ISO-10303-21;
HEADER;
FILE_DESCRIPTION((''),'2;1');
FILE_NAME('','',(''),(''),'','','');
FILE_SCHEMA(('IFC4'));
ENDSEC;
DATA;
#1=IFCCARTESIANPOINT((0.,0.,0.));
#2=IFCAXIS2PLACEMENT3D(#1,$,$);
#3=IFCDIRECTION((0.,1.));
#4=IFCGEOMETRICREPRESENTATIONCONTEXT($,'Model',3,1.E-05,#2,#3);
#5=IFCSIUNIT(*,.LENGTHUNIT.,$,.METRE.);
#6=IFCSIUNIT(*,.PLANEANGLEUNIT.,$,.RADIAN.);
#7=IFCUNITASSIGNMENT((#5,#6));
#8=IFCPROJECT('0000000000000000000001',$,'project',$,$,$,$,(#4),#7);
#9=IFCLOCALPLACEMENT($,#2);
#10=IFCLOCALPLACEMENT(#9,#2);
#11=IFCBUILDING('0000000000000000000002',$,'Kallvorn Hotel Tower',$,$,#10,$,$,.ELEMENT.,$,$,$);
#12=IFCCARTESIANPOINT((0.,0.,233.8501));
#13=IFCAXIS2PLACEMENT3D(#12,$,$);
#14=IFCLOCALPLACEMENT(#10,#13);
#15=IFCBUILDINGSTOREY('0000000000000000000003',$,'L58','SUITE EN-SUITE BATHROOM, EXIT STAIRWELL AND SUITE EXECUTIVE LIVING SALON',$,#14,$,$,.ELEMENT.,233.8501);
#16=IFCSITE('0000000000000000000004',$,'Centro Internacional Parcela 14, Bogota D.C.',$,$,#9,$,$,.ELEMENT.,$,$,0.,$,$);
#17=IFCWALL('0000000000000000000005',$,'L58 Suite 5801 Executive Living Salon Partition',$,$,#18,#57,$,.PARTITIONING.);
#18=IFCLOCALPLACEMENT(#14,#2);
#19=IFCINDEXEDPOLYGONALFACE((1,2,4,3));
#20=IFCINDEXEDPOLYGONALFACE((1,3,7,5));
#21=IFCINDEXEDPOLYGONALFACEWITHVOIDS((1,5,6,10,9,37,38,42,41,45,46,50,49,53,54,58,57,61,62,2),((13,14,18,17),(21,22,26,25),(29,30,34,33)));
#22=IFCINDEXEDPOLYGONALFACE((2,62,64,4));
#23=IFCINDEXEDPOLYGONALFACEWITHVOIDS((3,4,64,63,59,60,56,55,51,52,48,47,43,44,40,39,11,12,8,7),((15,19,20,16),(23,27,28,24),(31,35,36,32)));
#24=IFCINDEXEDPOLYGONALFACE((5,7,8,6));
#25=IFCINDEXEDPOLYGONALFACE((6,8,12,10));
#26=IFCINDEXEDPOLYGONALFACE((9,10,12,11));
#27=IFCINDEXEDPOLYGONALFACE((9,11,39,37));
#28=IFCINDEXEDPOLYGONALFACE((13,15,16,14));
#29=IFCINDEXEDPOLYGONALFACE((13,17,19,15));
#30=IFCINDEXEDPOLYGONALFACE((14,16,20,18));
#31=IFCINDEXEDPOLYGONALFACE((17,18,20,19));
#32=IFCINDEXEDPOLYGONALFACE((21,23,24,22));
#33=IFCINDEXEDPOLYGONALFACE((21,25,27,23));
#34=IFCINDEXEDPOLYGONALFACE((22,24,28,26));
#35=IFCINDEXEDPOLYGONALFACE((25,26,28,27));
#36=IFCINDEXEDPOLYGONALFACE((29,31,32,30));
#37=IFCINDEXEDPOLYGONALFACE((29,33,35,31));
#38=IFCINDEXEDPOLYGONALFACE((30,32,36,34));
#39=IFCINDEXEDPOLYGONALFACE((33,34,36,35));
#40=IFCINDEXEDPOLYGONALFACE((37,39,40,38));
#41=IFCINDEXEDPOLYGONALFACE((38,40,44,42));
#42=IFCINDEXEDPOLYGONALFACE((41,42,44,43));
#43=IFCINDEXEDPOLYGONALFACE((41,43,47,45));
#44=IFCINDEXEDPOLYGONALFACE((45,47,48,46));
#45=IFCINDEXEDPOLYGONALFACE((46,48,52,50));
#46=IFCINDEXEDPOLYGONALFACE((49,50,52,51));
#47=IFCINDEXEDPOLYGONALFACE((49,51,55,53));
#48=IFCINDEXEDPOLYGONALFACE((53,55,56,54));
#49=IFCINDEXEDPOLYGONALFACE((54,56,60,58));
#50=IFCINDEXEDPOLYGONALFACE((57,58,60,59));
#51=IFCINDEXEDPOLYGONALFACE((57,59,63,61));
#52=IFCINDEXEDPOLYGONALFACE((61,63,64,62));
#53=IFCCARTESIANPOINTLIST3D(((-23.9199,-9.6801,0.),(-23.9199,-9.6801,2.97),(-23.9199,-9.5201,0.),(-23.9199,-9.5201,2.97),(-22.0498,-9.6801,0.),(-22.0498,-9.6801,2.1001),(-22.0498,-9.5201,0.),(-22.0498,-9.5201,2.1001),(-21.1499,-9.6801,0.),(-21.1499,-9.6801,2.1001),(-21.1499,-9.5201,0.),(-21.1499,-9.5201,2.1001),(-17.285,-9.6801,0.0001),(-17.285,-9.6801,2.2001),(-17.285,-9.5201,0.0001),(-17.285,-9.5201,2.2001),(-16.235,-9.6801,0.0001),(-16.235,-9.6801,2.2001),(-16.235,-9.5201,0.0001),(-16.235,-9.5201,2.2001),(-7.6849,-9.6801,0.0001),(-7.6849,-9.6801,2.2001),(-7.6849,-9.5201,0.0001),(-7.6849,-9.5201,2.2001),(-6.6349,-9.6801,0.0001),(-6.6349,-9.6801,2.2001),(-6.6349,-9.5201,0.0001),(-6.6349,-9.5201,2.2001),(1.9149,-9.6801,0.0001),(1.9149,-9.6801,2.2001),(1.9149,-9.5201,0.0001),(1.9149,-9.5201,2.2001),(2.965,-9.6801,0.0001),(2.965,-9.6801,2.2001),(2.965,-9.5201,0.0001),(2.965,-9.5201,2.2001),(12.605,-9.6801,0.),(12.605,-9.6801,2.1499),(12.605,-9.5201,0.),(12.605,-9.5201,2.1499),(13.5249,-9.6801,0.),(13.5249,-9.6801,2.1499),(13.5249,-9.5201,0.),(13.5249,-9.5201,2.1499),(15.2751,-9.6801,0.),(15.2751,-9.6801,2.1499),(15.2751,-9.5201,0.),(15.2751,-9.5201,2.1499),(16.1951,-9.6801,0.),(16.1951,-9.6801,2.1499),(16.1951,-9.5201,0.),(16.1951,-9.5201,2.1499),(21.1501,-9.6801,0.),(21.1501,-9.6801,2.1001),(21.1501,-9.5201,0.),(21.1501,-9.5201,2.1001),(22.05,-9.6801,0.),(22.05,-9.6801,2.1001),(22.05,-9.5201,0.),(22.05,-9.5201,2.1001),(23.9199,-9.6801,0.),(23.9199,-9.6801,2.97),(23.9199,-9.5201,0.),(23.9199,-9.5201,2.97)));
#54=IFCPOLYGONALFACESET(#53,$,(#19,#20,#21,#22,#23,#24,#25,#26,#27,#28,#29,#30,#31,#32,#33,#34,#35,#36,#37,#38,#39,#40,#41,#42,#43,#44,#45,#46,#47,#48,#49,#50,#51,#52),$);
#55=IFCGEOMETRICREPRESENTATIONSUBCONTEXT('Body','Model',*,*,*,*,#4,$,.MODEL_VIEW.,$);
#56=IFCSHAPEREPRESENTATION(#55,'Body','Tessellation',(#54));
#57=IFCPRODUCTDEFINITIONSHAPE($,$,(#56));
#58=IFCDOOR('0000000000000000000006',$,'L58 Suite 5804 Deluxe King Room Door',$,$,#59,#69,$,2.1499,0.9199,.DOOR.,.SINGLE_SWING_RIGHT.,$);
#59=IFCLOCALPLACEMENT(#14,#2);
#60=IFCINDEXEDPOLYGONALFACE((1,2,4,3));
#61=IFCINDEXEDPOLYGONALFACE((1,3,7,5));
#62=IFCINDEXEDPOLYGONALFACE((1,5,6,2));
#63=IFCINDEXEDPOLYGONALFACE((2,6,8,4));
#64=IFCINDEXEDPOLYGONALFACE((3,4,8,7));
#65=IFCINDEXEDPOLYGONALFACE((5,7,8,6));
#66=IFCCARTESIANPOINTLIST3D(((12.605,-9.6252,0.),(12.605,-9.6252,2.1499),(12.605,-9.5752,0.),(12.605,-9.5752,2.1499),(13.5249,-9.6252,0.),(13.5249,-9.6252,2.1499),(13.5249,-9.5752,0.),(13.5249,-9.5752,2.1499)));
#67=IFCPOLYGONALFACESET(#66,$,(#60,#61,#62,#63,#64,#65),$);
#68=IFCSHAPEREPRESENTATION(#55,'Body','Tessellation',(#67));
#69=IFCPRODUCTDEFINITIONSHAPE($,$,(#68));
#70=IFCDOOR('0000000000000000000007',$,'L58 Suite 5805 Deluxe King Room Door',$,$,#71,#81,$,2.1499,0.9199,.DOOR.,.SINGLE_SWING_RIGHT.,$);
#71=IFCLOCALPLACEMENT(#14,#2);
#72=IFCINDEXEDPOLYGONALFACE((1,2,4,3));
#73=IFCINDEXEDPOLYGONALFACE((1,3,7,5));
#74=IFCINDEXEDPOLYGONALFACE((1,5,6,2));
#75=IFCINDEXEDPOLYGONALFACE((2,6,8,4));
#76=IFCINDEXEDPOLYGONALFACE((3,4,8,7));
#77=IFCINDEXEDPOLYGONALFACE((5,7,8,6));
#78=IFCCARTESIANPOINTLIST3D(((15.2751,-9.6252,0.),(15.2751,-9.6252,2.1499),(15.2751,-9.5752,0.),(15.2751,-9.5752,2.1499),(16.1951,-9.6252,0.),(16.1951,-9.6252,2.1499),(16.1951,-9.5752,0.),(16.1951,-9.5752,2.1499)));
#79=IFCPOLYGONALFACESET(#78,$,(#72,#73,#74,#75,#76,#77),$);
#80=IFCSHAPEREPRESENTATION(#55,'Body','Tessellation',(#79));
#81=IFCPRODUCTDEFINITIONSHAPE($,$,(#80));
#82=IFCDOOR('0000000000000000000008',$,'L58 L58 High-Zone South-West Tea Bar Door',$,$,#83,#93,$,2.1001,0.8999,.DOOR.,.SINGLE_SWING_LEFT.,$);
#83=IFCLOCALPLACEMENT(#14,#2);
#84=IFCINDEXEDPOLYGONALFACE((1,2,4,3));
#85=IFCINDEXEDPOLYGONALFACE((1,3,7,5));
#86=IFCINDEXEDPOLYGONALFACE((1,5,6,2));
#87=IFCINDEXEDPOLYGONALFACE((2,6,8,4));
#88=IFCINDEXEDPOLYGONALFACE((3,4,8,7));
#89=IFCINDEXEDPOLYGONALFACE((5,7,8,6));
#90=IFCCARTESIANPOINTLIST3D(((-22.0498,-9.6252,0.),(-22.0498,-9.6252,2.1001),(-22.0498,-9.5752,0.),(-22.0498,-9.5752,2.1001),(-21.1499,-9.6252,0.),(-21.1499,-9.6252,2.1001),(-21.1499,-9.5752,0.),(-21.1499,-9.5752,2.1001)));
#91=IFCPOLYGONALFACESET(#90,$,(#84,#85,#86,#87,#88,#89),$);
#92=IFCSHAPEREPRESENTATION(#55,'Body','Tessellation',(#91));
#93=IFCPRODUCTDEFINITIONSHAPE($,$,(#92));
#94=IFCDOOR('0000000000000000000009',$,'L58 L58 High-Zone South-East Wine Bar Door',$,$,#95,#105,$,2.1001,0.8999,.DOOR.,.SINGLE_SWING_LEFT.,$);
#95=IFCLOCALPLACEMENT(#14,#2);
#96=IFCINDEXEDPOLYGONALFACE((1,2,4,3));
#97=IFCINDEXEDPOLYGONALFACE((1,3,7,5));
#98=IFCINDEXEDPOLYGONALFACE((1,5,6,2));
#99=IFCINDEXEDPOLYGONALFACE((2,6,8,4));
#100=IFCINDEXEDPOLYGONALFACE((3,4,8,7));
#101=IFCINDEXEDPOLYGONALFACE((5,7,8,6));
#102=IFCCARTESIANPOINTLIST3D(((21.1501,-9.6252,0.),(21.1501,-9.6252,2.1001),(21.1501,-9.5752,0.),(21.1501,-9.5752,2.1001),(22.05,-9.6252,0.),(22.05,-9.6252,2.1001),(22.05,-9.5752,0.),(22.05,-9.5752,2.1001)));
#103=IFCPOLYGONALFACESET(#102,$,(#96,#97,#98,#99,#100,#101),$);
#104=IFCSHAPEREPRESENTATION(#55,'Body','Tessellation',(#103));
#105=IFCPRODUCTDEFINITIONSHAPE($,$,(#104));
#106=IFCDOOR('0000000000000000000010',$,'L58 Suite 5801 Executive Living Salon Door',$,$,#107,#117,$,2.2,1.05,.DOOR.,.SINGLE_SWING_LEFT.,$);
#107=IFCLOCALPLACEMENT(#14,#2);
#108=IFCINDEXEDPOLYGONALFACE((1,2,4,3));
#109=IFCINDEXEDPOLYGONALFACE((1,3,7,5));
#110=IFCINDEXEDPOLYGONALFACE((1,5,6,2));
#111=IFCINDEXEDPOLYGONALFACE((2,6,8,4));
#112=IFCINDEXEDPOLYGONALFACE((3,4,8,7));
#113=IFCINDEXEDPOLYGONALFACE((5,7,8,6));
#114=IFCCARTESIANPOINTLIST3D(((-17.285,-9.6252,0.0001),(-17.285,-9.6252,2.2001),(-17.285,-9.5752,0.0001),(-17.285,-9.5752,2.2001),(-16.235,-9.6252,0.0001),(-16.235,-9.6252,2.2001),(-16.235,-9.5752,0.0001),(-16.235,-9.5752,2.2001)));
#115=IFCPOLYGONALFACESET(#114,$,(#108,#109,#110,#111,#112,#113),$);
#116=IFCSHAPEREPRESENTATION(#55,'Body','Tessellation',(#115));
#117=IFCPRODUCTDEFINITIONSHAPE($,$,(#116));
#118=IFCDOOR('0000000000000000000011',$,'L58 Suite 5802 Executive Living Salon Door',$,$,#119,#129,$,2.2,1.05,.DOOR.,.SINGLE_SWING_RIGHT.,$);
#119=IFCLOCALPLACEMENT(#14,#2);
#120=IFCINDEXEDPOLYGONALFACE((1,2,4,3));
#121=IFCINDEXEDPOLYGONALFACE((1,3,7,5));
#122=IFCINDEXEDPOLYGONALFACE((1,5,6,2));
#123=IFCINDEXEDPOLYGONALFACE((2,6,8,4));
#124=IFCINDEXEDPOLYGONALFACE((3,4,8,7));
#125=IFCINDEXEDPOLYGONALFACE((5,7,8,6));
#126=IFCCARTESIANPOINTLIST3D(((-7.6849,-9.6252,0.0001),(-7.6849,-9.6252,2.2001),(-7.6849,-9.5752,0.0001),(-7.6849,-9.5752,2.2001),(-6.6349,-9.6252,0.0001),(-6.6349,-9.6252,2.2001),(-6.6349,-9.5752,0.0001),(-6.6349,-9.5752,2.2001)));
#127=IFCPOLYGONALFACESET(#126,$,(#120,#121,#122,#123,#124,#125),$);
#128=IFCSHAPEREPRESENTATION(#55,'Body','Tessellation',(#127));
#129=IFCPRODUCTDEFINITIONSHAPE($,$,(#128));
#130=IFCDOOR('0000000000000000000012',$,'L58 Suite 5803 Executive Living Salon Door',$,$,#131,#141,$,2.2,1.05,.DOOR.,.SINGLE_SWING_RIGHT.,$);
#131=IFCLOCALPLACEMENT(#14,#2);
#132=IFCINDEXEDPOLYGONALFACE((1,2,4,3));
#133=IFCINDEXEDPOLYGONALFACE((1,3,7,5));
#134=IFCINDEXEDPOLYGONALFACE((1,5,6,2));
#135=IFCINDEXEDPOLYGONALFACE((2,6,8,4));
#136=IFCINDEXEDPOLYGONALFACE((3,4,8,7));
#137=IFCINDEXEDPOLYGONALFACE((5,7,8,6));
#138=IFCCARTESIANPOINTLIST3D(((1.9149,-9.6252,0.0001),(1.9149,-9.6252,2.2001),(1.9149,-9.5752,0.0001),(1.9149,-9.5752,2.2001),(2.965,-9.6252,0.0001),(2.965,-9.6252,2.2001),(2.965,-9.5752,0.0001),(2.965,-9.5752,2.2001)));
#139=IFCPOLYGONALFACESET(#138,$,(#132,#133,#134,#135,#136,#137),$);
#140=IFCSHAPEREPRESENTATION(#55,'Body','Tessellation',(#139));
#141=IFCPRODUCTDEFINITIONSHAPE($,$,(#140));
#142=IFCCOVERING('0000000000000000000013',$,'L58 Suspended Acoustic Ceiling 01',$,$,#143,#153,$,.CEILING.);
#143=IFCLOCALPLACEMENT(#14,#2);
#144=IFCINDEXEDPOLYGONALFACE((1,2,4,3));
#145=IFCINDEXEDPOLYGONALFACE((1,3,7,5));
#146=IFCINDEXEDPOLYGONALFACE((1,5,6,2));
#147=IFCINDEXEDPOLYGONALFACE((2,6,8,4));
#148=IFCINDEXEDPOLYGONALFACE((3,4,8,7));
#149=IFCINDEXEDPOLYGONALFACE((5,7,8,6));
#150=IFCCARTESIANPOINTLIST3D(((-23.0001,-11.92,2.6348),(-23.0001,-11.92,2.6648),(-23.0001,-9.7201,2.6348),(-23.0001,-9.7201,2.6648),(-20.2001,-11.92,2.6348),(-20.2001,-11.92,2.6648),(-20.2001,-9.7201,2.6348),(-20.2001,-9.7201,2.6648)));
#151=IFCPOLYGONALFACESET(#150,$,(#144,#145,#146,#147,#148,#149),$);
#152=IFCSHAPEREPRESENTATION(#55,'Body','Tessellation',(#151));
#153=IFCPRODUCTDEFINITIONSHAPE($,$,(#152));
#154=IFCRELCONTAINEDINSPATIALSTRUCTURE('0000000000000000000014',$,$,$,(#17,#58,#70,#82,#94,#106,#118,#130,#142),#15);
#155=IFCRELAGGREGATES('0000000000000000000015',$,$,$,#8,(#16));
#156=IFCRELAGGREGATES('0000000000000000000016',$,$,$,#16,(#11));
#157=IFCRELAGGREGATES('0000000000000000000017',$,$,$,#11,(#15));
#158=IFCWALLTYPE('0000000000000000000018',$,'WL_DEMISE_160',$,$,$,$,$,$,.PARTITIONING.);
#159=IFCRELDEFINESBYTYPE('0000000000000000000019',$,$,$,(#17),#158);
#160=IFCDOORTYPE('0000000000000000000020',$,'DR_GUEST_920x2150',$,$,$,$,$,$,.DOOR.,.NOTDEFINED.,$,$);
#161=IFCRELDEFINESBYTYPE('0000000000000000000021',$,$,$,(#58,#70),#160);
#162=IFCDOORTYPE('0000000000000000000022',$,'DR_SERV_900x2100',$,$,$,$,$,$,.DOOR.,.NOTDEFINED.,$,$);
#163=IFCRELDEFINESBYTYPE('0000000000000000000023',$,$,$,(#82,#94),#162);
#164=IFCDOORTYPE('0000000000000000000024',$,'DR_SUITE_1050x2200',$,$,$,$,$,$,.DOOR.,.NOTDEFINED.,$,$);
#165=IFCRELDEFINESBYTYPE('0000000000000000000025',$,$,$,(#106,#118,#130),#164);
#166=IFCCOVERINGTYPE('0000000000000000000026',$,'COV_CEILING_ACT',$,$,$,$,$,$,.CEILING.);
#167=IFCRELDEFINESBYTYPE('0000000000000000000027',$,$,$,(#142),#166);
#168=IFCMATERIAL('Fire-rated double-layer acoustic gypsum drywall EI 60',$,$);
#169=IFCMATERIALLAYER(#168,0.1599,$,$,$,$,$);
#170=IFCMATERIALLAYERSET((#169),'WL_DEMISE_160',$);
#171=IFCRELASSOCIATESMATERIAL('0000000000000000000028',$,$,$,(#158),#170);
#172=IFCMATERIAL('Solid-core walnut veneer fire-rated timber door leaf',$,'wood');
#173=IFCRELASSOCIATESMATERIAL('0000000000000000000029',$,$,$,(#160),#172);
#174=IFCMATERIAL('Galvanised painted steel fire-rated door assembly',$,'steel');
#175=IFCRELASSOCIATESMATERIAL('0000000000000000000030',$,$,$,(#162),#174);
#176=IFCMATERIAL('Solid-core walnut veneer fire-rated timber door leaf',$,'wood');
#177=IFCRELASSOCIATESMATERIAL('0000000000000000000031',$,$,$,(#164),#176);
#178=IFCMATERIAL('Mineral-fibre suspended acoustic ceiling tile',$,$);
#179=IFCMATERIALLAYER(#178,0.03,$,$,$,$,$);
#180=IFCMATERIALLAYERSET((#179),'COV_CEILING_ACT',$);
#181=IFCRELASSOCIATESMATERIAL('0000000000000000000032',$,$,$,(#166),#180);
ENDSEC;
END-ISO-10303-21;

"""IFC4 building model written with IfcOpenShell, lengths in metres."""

from ifc_helpers import new_model, si_unit, direction, frame, frame_2d, origin, origin_2d, place, context, subcontext, project, spatial, rectangle, extrude, material, layer, layer_set, type_object, element, fill, save


model = new_model("IFC4")

# Units and contexts
model_context = context("Model", 3, precision=1e-05, world=origin(), true_north=direction((0.0, 1.0)))
body_context = subcontext(model_context, "Body", "Model", "MODEL_VIEW")
ifc_project = project(units=[si_unit("LENGTHUNIT", "METRE"), si_unit("PLANEANGLEUNIT", "RADIAN")], contexts=[model_context])

# Site, building, storey
site_placement = place(None, origin())
site = spatial("IfcSite", under=ifc_project, at=site_placement, Name="Centro Internacional Parcela 14, Bogota D.C.", CompositionType="ELEMENT", RefElevation=0.0)
building_placement = place(site_placement, origin())
building = spatial("IfcBuilding", under=site, at=building_placement, Name="Kallvorn Hotel Tower", CompositionType="ELEMENT")
storey_placement = place(building_placement, frame((0.0, 0.0, 233.8501)))
storey = spatial("IfcBuildingStorey", under=building, at=storey_placement, Name="L58", Description="SUITE EN-SUITE BATHROOM, EXIT STAIRWELL AND SUITE EXECUTIVE LIVING SALON", CompositionType="ELEMENT", Elevation=233.8501)

# Shared definitions
ifc_material_1 = material(Name="Fire-rated double-layer acoustic gypsum drywall EI 60")
ifc_layer_1 = layer(ifc_material_1, 0.1599)
ifc_layer_set_1 = layer_set([ifc_layer_1], Name="WL_DEMISE_160")
wall_type = type_object("IfcWallType", Name="WL_DEMISE_160", PredefinedType="PARTITIONING", material=ifc_layer_set_1)

# Wall, openings, doors
wall_1_placement = place(storey_placement, frame((-23.9199, -9.6001, 0.0), z_axis=(0.0, 0.0, 1.0), x_axis=(1.0, 0.0, 0.0)))
wall_1 = element("IfcWall", 1, at=wall_1_placement, inside=storey, type_object=wall_type, Name="L58 Suite 5801 Executive Living Salon Partition", PredefinedType="PARTITIONING", context=body_context, shape_type="SweptSolid", body=[
    extrude(rectangle(XDim=47.8398, YDim=0.1599, at=frame_2d((23.9199, 0.0))), origin(), (0.0, 0.0, 1.0), 2.97),
])
opening_1_placement = place(wall_1_placement, frame((1.8701, 0.0, 0.0)))
opening_1 = element("IfcOpeningElement", 2, at=opening_1_placement, cuts=wall_1, PredefinedType="OPENING", context=body_context, shape_type="SweptSolid", body=[
    extrude(rectangle(XDim=0.8999, YDim=2.1001, at=frame_2d((0.45, 1.05))), frame((0.0, 0.095, 0.0), z_axis=(0.0, -1.0, 0.0), x_axis=(1.0, 0.0, 0.0)), (0.0, 0.0, 1.0), 0.1899),
])
opening_2_placement = place(wall_1_placement, frame((45.0701, 0.0, 0.0)))
opening_2 = element("IfcOpeningElement", 3, at=opening_2_placement, cuts=wall_1, PredefinedType="OPENING", context=body_context, shape_type="SweptSolid", body=[
    extrude(rectangle(XDim=0.8999, YDim=2.1001, at=frame_2d((0.45, 1.05))), frame((0.0, 0.095, 0.0), z_axis=(0.0, -1.0, 0.0), x_axis=(1.0, 0.0, 0.0)), (0.0, 0.0, 1.0), 0.1899),
])
opening_3_placement = place(wall_1_placement, frame((6.635, 0.0, 0.0)))
opening_3 = element("IfcOpeningElement", 4, at=opening_3_placement, cuts=wall_1, PredefinedType="OPENING", context=body_context, shape_type="SweptSolid", body=[
    extrude(rectangle(XDim=1.05, YDim=2.2, at=frame_2d((0.5249, 1.1001))), frame((0.0, 0.095, 0.0), z_axis=(0.0, -1.0, 0.0), x_axis=(1.0, 0.0, 0.0)), (0.0, 0.0, 1.0), 0.1899),
])
opening_4_placement = place(wall_1_placement, frame((16.2351, 0.0, 0.0)))
opening_4 = element("IfcOpeningElement", 5, at=opening_4_placement, cuts=wall_1, PredefinedType="OPENING", context=body_context, shape_type="SweptSolid", body=[
    extrude(rectangle(XDim=1.05, YDim=2.2, at=frame_2d((0.5249, 1.1001))), frame((0.0, 0.095, 0.0), z_axis=(0.0, -1.0, 0.0), x_axis=(1.0, 0.0, 0.0)), (0.0, 0.0, 1.0), 0.1899),
])
opening_5_placement = place(wall_1_placement, frame((25.835, 0.0, 0.0)))
opening_5 = element("IfcOpeningElement", 6, at=opening_5_placement, cuts=wall_1, PredefinedType="OPENING", context=body_context, shape_type="SweptSolid", body=[
    extrude(rectangle(XDim=1.05, YDim=2.2, at=frame_2d((0.5249, 1.1001))), frame((0.0, 0.095, 0.0), z_axis=(0.0, -1.0, 0.0), x_axis=(1.0, 0.0, 0.0)), (0.0, 0.0, 1.0), 0.1899),
])
opening_6_placement = place(wall_1_placement, frame((36.5249, 0.0, 0.0)))
opening_6 = element("IfcOpeningElement", 7, at=opening_6_placement, cuts=wall_1, PredefinedType="OPENING", context=body_context, shape_type="SweptSolid", body=[
    extrude(rectangle(XDim=0.9199, YDim=2.1499, at=frame_2d((0.46, 1.075))), frame((0.0, 0.095, 0.0), z_axis=(0.0, -1.0, 0.0), x_axis=(1.0, 0.0, 0.0)), (0.0, 0.0, 1.0), 0.1899),
])
opening_7_placement = place(wall_1_placement, frame((39.1951, 0.0, 0.0)))
opening_7 = element("IfcOpeningElement", 8, at=opening_7_placement, cuts=wall_1, PredefinedType="OPENING", context=body_context, shape_type="SweptSolid", body=[
    extrude(rectangle(XDim=0.9199, YDim=2.1499, at=frame_2d((0.46, 1.075))), frame((0.0, 0.095, 0.0), z_axis=(0.0, -1.0, 0.0), x_axis=(1.0, 0.0, 0.0)), (0.0, 0.0, 1.0), 0.1899),
])
ifc_material_2 = material(Name="Solid-core walnut veneer fire-rated timber door leaf", Category="wood")
door_type_1 = type_object("IfcDoorType", Name="DR_GUEST_920x2150", OperationType="NOTDEFINED", PredefinedType="DOOR", material=ifc_material_2)
door_1_placement = place(opening_6_placement, origin())
door_1 = element("IfcDoor", 9, at=door_1_placement, inside=storey, type_object=door_type_1, Name="L58 Suite 5804 Deluxe King Room Door", OperationType="SINGLE_SWING_RIGHT", OverallHeight=2.1499, OverallWidth=0.9199, PredefinedType="DOOR", context=body_context, shape_type="SweptSolid", body=[
    extrude(rectangle(XDim=0.9199, YDim=2.1499, at=frame_2d((0.46, 1.075))), frame((0.0, 0.0249, 0.0), z_axis=(0.0, -1.0, 0.0), x_axis=(1.0, 0.0, 0.0)), (0.0, 0.0, 1.0), 0.05),
])
fill(opening_6, door_1)
door_2_placement = place(opening_7_placement, origin())
door_2 = element("IfcDoor", 10, at=door_2_placement, inside=storey, type_object=door_type_1, Name="L58 Suite 5805 Deluxe King Room Door", OperationType="SINGLE_SWING_RIGHT", OverallHeight=2.1499, OverallWidth=0.9199, PredefinedType="DOOR", context=body_context, shape_type="SweptSolid", body=[
    extrude(rectangle(XDim=0.9199, YDim=2.1499, at=frame_2d((0.46, 1.075))), frame((0.0, 0.0249, 0.0), z_axis=(0.0, -1.0, 0.0), x_axis=(1.0, 0.0, 0.0)), (0.0, 0.0, 1.0), 0.05),
])
fill(opening_7, door_2)
ifc_material_3 = material(Name="Galvanised painted steel fire-rated door assembly", Category="steel")
door_type_2 = type_object("IfcDoorType", Name="DR_SERV_900x2100", OperationType="NOTDEFINED", PredefinedType="DOOR", material=ifc_material_3)
door_3_placement = place(opening_1_placement, origin())
door_3 = element("IfcDoor", 11, at=door_3_placement, inside=storey, type_object=door_type_2, Name="L58 L58 High-Zone South-West Tea Bar Door", OperationType="SINGLE_SWING_LEFT", OverallHeight=2.1001, OverallWidth=0.8999, PredefinedType="DOOR", context=body_context, shape_type="SweptSolid", body=[
    extrude(rectangle(XDim=0.8999, YDim=2.1001, at=frame_2d((0.45, 1.05))), frame((0.0, 0.0249, 0.0), z_axis=(0.0, -1.0, 0.0), x_axis=(1.0, 0.0, 0.0)), (0.0, 0.0, 1.0), 0.05),
])
fill(opening_1, door_3)
door_4_placement = place(opening_2_placement, origin())
door_4 = element("IfcDoor", 12, at=door_4_placement, inside=storey, type_object=door_type_2, Name="L58 L58 High-Zone South-East Wine Bar Door", OperationType="SINGLE_SWING_LEFT", OverallHeight=2.1001, OverallWidth=0.8999, PredefinedType="DOOR", context=body_context, shape_type="SweptSolid", body=[
    extrude(rectangle(XDim=0.8999, YDim=2.1001, at=frame_2d((0.45, 1.05))), frame((0.0, 0.0249, 0.0), z_axis=(0.0, -1.0, 0.0), x_axis=(1.0, 0.0, 0.0)), (0.0, 0.0, 1.0), 0.05),
])
fill(opening_2, door_4)
ifc_material_4 = material(Name="Solid-core walnut veneer fire-rated timber door leaf", Category="wood")
door_type_3 = type_object("IfcDoorType", Name="DR_SUITE_1050x2200", OperationType="NOTDEFINED", PredefinedType="DOOR", material=ifc_material_4)
door_5_placement = place(opening_3_placement, origin())
door_5 = element("IfcDoor", 13, at=door_5_placement, inside=storey, type_object=door_type_3, Name="L58 Suite 5801 Executive Living Salon Door", OperationType="SINGLE_SWING_LEFT", OverallHeight=2.2, OverallWidth=1.05, PredefinedType="DOOR", context=body_context, shape_type="SweptSolid", body=[
    extrude(rectangle(XDim=1.05, YDim=2.2, at=frame_2d((0.5249, 1.1001))), frame((0.0, 0.0249, 0.0), z_axis=(0.0, -1.0, 0.0), x_axis=(1.0, 0.0, 0.0)), (0.0, 0.0, 1.0), 0.05),
])
fill(opening_3, door_5)
door_6_placement = place(opening_4_placement, origin())
door_6 = element("IfcDoor", 14, at=door_6_placement, inside=storey, type_object=door_type_3, Name="L58 Suite 5802 Executive Living Salon Door", OperationType="SINGLE_SWING_RIGHT", OverallHeight=2.2, OverallWidth=1.05, PredefinedType="DOOR", context=body_context, shape_type="SweptSolid", body=[
    extrude(rectangle(XDim=1.05, YDim=2.2, at=frame_2d((0.5249, 1.1001))), frame((0.0, 0.0249, 0.0), z_axis=(0.0, -1.0, 0.0), x_axis=(1.0, 0.0, 0.0)), (0.0, 0.0, 1.0), 0.05),
])
fill(opening_4, door_6)
door_7_placement = place(opening_5_placement, origin())
door_7 = element("IfcDoor", 15, at=door_7_placement, inside=storey, type_object=door_type_3, Name="L58 Suite 5803 Executive Living Salon Door", OperationType="SINGLE_SWING_RIGHT", OverallHeight=2.2, OverallWidth=1.05, PredefinedType="DOOR", context=body_context, shape_type="SweptSolid", body=[
    extrude(rectangle(XDim=1.05, YDim=2.2, at=frame_2d((0.5249, 1.1001))), frame((0.0, 0.0249, 0.0), z_axis=(0.0, -1.0, 0.0), x_axis=(1.0, 0.0, 0.0)), (0.0, 0.0, 1.0), 0.05),
])
fill(opening_5, door_7)

# Covering
ifc_material_5 = material(Name="Mineral-fibre suspended acoustic ceiling tile")
ifc_layer_2 = layer(ifc_material_5, 0.03)
ifc_layer_set_2 = layer_set([ifc_layer_2], Name="COV_CEILING_ACT")
covering_type = type_object("IfcCoveringType", Name="COV_CEILING_ACT", PredefinedType="CEILING", material=ifc_layer_set_2)
covering_placement = place(storey_placement, frame((-21.6001, -10.8201, 2.6348), z_axis=(0.0, 0.0, 1.0), x_axis=(1.0, 0.0, 0.0)))
element("IfcCovering", 16, at=covering_placement, inside=storey, type_object=covering_type, Name="L58 Suspended Acoustic Ceiling 01", PredefinedType="CEILING", context=body_context, shape_type="SweptSolid", body=[
    extrude(rectangle(XDim=2.8, YDim=2.2, at=origin_2d()), origin(), (0.0, 0.0, 1.0), 0.03),
])

save(model, "model.ifc")
